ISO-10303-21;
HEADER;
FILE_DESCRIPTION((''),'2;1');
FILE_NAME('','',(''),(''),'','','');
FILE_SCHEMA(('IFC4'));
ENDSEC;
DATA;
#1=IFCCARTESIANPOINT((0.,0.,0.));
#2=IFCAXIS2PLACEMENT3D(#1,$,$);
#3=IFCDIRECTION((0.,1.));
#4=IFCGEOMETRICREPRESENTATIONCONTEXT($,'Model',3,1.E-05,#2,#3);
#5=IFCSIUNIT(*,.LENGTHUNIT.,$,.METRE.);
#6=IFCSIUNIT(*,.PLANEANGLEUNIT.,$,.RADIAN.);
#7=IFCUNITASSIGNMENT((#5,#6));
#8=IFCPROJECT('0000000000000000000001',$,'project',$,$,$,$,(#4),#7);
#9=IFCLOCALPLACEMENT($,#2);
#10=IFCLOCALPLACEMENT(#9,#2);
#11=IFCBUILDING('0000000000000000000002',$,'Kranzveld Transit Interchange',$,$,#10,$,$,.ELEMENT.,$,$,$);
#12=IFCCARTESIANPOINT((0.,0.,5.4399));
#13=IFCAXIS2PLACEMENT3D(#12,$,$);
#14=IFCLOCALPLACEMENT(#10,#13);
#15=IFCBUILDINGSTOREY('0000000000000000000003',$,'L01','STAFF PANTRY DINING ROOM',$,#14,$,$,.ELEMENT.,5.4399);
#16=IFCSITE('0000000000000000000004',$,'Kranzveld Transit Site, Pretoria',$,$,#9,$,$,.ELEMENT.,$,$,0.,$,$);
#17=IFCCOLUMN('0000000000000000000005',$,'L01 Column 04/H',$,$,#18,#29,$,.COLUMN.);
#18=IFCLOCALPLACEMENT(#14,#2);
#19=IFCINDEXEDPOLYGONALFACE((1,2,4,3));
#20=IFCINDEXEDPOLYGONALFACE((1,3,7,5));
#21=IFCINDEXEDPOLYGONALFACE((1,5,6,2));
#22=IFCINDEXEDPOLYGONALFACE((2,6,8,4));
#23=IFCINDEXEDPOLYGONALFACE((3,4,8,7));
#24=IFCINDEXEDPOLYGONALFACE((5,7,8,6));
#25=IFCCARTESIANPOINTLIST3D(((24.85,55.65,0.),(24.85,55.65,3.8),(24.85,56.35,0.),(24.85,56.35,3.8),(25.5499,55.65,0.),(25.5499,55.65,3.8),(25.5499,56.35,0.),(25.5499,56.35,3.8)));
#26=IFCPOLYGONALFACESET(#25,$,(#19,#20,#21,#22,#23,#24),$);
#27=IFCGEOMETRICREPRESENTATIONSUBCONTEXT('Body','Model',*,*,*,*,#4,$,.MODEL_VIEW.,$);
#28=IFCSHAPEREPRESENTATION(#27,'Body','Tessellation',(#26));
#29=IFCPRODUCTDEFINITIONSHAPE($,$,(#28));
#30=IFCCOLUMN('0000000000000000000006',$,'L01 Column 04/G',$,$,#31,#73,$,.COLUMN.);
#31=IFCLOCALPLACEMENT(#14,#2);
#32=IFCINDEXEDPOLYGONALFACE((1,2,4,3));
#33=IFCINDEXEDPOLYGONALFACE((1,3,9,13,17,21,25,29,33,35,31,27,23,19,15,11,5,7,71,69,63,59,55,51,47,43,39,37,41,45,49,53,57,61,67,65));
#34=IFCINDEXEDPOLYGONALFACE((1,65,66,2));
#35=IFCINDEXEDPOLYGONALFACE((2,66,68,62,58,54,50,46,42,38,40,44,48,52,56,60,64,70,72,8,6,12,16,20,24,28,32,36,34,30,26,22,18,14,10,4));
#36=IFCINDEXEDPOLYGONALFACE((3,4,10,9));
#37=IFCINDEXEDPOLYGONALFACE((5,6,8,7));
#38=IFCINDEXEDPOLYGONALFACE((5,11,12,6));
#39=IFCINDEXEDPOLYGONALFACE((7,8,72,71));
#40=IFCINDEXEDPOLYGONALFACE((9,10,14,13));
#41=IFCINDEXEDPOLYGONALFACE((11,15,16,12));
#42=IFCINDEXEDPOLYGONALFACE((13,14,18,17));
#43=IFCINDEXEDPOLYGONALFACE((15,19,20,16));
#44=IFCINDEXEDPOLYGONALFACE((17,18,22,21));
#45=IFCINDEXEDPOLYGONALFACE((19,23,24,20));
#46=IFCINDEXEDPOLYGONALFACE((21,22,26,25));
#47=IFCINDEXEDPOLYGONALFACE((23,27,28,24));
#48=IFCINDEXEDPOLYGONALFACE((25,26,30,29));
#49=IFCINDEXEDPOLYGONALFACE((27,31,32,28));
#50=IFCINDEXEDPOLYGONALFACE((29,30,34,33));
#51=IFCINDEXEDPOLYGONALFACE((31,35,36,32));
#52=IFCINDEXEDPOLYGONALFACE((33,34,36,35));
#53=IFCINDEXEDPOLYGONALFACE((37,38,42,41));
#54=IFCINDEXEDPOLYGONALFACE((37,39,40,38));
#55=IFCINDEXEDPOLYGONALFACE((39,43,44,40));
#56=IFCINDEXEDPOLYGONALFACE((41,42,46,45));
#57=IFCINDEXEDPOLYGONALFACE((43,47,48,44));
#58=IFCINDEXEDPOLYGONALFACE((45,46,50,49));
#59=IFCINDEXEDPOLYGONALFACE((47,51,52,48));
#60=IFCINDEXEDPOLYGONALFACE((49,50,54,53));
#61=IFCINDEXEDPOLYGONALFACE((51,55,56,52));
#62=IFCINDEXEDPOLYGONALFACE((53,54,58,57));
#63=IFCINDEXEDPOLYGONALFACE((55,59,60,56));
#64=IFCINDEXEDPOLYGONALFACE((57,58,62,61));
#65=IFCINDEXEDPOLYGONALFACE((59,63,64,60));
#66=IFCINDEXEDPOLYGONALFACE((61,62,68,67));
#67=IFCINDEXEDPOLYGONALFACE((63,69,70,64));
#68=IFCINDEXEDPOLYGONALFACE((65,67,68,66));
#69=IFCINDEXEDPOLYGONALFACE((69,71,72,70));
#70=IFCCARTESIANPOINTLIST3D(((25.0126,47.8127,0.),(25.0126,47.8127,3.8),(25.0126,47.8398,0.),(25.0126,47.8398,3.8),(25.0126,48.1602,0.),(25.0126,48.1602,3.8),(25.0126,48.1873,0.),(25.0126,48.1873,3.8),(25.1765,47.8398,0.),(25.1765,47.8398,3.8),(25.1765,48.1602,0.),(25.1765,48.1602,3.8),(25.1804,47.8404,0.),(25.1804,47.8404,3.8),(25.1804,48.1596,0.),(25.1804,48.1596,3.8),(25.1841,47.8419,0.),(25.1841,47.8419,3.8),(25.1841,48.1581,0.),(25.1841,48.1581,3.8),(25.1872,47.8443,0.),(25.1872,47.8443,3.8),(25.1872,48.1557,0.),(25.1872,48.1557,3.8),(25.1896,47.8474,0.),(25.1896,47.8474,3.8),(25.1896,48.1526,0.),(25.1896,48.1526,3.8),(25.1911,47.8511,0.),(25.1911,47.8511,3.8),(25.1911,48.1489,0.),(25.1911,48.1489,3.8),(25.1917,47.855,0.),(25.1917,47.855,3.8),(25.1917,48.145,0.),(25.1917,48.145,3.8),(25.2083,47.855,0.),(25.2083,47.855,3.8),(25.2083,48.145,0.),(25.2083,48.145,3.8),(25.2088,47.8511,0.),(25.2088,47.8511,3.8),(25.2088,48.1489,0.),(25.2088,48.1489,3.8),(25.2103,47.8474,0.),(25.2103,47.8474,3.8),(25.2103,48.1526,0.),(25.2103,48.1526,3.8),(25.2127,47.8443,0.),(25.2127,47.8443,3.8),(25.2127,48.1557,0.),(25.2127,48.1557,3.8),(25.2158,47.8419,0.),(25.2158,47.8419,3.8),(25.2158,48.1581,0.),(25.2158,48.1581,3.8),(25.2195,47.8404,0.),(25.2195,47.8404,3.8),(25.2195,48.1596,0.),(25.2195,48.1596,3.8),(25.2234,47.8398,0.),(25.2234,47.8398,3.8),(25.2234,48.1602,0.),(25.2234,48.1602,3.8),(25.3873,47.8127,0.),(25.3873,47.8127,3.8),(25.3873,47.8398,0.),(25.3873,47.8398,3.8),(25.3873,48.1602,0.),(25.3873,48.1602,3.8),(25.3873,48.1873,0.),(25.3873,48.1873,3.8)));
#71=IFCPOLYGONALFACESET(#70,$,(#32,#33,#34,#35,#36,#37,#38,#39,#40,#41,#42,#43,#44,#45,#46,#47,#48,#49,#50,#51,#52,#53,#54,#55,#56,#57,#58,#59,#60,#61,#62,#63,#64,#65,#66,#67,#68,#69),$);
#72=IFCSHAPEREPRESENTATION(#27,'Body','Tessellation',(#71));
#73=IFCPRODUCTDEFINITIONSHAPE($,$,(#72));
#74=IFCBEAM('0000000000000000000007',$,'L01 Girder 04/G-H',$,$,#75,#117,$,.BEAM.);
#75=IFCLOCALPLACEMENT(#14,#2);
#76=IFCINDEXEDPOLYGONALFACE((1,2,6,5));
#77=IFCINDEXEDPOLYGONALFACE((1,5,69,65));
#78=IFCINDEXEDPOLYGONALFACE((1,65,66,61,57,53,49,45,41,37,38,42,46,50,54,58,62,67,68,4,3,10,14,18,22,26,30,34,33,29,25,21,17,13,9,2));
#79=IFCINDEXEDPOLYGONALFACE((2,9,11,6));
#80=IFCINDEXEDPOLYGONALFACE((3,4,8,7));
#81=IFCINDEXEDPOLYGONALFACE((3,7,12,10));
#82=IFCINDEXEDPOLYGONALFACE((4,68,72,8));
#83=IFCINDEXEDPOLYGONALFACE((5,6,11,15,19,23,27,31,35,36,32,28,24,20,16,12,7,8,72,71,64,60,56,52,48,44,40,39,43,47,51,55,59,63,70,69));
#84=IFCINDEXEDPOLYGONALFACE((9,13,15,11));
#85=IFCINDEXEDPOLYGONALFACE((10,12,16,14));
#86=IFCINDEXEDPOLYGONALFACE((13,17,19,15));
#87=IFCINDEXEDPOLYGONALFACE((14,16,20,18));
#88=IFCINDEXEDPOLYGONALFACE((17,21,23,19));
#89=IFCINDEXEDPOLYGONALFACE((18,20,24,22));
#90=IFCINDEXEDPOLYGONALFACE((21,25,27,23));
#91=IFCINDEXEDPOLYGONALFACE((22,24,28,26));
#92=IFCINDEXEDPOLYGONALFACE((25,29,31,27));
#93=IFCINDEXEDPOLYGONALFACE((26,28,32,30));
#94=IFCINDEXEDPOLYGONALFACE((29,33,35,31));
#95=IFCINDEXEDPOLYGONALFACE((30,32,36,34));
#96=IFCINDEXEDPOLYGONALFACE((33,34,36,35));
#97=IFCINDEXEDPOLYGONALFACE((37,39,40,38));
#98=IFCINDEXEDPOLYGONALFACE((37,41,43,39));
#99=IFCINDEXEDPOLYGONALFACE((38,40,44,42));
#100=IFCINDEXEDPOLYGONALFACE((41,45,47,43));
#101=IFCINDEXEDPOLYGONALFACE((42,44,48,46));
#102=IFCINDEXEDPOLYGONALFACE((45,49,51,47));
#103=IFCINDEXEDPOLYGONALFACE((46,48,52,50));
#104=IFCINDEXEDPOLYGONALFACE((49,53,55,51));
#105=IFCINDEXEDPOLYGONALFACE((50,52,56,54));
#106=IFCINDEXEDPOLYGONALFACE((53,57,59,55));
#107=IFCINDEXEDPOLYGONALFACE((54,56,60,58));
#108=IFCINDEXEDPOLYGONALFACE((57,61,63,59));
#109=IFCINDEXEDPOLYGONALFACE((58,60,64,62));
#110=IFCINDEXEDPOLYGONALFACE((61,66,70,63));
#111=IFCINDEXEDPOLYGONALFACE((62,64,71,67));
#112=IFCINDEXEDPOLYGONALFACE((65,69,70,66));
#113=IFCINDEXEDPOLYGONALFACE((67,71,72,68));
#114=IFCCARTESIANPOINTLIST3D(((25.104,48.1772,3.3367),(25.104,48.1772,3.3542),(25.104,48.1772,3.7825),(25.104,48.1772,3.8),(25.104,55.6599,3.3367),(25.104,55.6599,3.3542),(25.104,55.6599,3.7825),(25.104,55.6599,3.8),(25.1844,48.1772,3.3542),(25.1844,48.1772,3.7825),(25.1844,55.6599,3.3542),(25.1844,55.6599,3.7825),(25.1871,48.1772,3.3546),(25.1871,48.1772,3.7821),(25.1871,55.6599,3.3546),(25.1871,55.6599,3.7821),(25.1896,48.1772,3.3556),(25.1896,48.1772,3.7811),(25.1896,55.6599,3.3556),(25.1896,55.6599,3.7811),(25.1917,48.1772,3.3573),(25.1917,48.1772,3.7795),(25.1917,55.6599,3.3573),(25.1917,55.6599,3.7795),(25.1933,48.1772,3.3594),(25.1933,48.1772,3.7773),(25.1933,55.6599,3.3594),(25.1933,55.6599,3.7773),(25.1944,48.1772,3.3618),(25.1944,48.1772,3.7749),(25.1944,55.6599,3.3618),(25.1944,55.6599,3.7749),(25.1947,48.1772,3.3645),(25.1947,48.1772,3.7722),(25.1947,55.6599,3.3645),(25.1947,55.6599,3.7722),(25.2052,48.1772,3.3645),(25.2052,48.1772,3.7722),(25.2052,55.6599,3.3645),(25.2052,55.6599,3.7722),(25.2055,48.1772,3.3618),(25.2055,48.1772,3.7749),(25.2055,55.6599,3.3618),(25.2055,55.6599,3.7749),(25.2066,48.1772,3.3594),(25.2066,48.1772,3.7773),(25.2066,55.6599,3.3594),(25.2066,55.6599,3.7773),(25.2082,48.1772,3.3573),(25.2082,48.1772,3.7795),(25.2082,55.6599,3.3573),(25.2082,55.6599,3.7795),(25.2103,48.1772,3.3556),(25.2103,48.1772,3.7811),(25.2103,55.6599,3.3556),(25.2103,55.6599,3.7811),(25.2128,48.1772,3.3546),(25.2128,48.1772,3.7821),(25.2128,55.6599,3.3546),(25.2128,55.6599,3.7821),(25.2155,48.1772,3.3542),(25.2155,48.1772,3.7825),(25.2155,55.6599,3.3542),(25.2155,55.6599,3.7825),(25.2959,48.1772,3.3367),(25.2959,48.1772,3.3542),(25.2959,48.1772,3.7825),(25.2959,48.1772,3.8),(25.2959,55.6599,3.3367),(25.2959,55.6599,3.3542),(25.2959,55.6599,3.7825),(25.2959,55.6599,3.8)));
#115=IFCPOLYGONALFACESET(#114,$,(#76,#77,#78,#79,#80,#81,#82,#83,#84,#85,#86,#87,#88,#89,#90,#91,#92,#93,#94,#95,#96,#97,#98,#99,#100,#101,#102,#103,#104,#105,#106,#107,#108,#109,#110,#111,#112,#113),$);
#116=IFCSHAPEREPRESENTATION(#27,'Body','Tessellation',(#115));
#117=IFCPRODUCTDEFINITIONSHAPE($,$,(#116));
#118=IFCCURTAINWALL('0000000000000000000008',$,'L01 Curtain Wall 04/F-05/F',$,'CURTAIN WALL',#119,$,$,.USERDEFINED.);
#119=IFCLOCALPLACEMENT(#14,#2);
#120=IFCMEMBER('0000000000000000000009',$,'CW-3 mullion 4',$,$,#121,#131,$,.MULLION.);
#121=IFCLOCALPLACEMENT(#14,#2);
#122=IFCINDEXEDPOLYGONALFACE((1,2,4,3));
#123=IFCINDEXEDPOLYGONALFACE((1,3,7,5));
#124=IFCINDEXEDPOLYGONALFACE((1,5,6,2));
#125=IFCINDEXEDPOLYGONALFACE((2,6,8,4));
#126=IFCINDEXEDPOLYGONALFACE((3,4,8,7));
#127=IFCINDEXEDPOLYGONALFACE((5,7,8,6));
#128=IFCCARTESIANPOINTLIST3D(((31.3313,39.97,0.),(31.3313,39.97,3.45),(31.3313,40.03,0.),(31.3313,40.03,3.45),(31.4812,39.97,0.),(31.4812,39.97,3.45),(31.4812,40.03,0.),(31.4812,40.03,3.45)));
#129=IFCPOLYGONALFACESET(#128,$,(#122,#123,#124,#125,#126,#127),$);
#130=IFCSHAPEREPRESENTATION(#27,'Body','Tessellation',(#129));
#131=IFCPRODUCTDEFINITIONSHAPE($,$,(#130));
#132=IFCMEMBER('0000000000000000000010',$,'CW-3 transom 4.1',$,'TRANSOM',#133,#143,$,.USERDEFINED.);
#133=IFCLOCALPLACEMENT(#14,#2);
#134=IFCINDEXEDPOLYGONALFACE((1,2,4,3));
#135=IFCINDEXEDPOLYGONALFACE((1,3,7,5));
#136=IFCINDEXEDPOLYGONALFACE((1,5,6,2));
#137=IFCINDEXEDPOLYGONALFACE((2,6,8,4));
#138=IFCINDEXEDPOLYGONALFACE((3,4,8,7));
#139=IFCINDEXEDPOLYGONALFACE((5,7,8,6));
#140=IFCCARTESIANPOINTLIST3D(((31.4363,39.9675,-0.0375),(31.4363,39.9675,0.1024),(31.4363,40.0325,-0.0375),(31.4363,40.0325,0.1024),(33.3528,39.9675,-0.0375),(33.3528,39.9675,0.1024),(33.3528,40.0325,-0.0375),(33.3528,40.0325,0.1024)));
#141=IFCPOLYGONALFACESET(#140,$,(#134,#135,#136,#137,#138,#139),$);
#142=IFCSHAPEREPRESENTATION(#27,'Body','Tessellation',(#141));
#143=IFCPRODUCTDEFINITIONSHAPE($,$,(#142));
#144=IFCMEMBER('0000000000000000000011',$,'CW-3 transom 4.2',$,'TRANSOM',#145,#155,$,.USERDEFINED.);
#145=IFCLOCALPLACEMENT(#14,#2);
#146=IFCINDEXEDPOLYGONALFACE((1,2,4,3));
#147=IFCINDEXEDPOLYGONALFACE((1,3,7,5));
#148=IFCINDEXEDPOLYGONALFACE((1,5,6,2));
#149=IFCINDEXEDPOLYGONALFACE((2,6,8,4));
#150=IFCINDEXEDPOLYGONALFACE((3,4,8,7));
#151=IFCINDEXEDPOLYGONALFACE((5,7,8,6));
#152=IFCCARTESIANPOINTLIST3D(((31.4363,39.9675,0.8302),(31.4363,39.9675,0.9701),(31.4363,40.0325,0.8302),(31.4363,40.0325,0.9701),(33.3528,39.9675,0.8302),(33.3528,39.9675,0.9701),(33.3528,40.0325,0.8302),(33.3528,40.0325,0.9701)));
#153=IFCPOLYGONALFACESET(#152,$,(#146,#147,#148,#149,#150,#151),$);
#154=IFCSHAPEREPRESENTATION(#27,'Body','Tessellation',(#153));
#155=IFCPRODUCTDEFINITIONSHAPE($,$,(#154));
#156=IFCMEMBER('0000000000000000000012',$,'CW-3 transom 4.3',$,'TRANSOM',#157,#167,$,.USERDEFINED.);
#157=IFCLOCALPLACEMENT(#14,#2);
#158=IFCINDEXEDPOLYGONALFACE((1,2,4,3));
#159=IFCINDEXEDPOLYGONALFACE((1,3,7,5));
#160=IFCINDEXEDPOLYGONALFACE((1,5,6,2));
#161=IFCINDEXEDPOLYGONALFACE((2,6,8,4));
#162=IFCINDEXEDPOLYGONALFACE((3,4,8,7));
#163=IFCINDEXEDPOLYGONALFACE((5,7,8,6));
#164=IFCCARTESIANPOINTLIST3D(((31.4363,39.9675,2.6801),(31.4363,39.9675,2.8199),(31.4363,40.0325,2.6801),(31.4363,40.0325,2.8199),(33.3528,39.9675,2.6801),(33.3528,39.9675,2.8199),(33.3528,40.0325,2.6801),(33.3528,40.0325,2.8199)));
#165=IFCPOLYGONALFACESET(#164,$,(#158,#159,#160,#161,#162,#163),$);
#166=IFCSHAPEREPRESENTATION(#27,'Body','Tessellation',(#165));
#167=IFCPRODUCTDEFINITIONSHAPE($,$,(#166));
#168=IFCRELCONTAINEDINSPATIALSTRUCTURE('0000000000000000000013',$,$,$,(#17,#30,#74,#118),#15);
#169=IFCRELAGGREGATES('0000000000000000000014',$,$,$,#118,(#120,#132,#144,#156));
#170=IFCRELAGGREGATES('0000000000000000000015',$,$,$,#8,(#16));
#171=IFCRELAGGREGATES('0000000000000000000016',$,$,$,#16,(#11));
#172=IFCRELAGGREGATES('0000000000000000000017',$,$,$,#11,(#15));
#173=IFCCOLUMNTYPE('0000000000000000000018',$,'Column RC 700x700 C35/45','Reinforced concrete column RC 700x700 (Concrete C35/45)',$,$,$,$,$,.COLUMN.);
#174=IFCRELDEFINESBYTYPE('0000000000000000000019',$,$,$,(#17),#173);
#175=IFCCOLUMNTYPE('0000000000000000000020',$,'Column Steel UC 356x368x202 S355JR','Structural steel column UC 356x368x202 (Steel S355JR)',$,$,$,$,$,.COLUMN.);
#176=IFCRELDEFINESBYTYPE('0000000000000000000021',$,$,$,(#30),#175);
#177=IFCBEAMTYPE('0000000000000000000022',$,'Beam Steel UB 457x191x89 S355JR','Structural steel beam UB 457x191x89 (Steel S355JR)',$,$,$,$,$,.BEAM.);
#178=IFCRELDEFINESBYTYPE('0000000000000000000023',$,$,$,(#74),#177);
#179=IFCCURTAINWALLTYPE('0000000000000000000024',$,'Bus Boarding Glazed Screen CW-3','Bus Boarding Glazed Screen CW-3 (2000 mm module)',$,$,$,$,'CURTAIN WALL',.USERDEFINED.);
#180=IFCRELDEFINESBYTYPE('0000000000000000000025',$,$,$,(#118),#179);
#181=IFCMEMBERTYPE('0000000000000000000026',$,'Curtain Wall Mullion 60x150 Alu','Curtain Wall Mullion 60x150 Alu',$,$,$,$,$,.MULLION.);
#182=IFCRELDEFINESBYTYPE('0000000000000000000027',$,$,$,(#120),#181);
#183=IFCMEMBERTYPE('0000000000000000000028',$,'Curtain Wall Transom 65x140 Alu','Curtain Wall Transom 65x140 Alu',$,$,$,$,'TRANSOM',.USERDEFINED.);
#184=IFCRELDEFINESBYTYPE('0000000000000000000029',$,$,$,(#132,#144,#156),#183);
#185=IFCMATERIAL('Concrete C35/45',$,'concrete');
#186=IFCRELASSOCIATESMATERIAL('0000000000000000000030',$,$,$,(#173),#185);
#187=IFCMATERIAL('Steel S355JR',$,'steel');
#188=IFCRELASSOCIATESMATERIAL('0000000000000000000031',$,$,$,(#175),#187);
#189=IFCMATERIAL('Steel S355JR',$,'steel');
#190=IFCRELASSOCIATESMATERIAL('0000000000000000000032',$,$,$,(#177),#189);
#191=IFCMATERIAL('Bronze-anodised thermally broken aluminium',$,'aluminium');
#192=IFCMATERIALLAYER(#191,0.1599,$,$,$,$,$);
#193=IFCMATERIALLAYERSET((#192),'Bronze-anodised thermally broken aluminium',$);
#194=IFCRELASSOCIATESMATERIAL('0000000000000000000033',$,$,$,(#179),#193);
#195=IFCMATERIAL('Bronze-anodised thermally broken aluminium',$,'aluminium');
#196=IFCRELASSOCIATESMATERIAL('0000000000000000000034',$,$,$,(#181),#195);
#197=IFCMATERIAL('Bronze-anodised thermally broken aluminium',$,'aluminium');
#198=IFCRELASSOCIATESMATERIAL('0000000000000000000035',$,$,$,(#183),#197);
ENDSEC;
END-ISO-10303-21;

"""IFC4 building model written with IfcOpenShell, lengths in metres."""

from ifc_helpers import new_model, si_unit, direction, frame, origin, origin_2d, place, context, subcontext, project, spatial, rectangle, i_section, extrude, material, layer, layer_set, material_profile, profile_set, type_object, element, aggregate, save


model = new_model("IFC4")

# Units and contexts
model_context = context("Model", 3, precision=1e-05, world=origin(), true_north=direction((0.0, 1.0)))
body_context = subcontext(model_context, "Body", "Model", "MODEL_VIEW")
ifc_project = project(units=[si_unit("LENGTHUNIT", "METRE"), si_unit("PLANEANGLEUNIT", "RADIAN")], contexts=[model_context])

# Site, building, storey
site_placement = place(None, origin())
site = spatial("IfcSite", under=ifc_project, at=site_placement, Name="Kranzveld Transit Site, Pretoria", CompositionType="ELEMENT", RefElevation=0.0)
building_placement = place(site_placement, origin())
building = spatial("IfcBuilding", under=site, at=building_placement, Name="Kranzveld Transit Interchange", CompositionType="ELEMENT")
storey_placement = place(building_placement, frame((0.0, 0.0, 5.4399)))
storey = spatial("IfcBuildingStorey", under=building, at=storey_placement, Name="L01", Description="STAFF PANTRY DINING ROOM", CompositionType="ELEMENT", Elevation=5.4399)

# Columns
ifc_material_1 = material(Name="Concrete C35/45", Category="concrete")
ifc_material_profile_1 = material_profile(ifc_material_1, rectangle(XDim=0.7, YDim=0.7, at=origin_2d()), Name="RC 700x700")
ifc_profile_set_1 = profile_set([ifc_material_profile_1], Name="Concrete C35/45")
column_type_1 = type_object("IfcColumnType", Name="Column RC 700x700 C35/45", Description="Reinforced concrete column RC 700x700 (Concrete C35/45)", PredefinedType="COLUMN", material=ifc_profile_set_1)
column_1_placement = place(storey_placement, frame((25.2, 56.0, 0.0), z_axis=(0.0, 0.0, 1.0), x_axis=(1.0, 0.0, 0.0)))
element("IfcColumn", 1, at=column_1_placement, inside=storey, type_object=column_type_1, Name="L01 Column 04/H", PredefinedType="COLUMN", context=body_context, shape_type="SweptSolid", body=[
    extrude(rectangle(XDim=0.7, YDim=0.7, at=origin_2d()), origin(), (0.0, 0.0, 1.0), 3.8),
])
ifc_material_2 = material(Name="Steel S355JR", Category="steel")
ifc_material_profile_2 = material_profile(ifc_material_2, i_section(OverallWidth=0.3748, OverallDepth=0.3745, WebThickness=0.0166, FlangeThickness=0.0271, FilletRadius=0.0151, at=origin_2d()), Name="UC 356x368x202")
ifc_profile_set_2 = profile_set([ifc_material_profile_2], Name="Steel S355JR")
column_type_2 = type_object("IfcColumnType", Name="Column Steel UC 356x368x202 S355JR", Description="Structural steel column UC 356x368x202 (Steel S355JR)", PredefinedType="COLUMN", material=ifc_profile_set_2)
column_2_placement = place(storey_placement, frame((25.2, 48.0, 0.0), z_axis=(0.0, 0.0, 1.0), x_axis=(1.0, 0.0, 0.0)))
element("IfcColumn", 2, at=column_2_placement, inside=storey, type_object=column_type_2, Name="L01 Column 04/G", PredefinedType="COLUMN", context=body_context, shape_type="SweptSolid", body=[
    extrude(i_section(OverallWidth=0.3748, OverallDepth=0.3745, WebThickness=0.0166, FlangeThickness=0.0271, FilletRadius=0.0151, at=origin_2d()), origin(), (0.0, 0.0, 1.0), 3.8),
])

# Beam
ifc_material_3 = material(Name="Steel S355JR", Category="steel")
ifc_material_profile_3 = material_profile(ifc_material_3, i_section(OverallWidth=0.1919, OverallDepth=0.4634, WebThickness=0.0105, FlangeThickness=0.0176, FilletRadius=0.0103, at=origin_2d()), Name="UB 457x191x89")
ifc_profile_set_3 = profile_set([ifc_material_profile_3], Name="Steel S355JR")
beam_type_1 = type_object("IfcBeamType", Name="Beam Steel UB 457x191x89 S355JR", Description="Structural steel beam UB 457x191x89 (Steel S355JR)", PredefinedType="BEAM", material=ifc_profile_set_3)
beam_1_placement = place(storey_placement, frame((25.2, 48.1772, 3.5684), z_axis=(0.0, 1.0, 0.0), x_axis=(-1.0, 0.0, 0.0)))
element("IfcBeam", 3, at=beam_1_placement, inside=storey, type_object=beam_type_1, Name="L01 Girder 04/G-H", PredefinedType="BEAM", context=body_context, shape_type="SweptSolid", body=[
    extrude(i_section(OverallWidth=0.1919, OverallDepth=0.4634, WebThickness=0.0105, FlangeThickness=0.0176, FilletRadius=0.0103, at=origin_2d()), origin(), (0.0, 0.0, 1.0), 7.4827),
])

# Curtain wall, members
ifc_material_4 = material(Name="Bronze-anodised thermally broken aluminium", Category="aluminium")
ifc_layer_1 = layer(ifc_material_4, 0.1599)
ifc_layer_set_1 = layer_set([ifc_layer_1], Name="Bronze-anodised thermally broken aluminium")
curtain_wall_type = type_object("IfcCurtainWallType", Name="Bus Boarding Glazed Screen CW-3", Description="Bus Boarding Glazed Screen CW-3 (2000 mm module)", ElementType="CURTAIN WALL", PredefinedType="USERDEFINED", material=ifc_layer_set_1)
curtain_wall_placement = place(storey_placement, origin())
curtain_wall = element("IfcCurtainWall", 4, at=curtain_wall_placement, inside=storey, type_object=curtain_wall_type, Name="L01 Curtain Wall 04/F-05/F", ObjectType="CURTAIN WALL", PredefinedType="USERDEFINED")
ifc_material_5 = material(Name="Bronze-anodised thermally broken aluminium", Category="aluminium")
ifc_material_profile_4 = material_profile(ifc_material_5, rectangle(XDim=0.0601, YDim=0.1499, at=origin_2d()), Name="ALU MULLION 60x150")
ifc_profile_set_4 = profile_set([ifc_material_profile_4], Name="Bronze-anodised thermally broken aluminium")
member_type_1 = type_object("IfcMemberType", Name="Curtain Wall Mullion 60x150 Alu", Description="Curtain Wall Mullion 60x150 Alu", PredefinedType="MULLION", material=ifc_profile_set_4)
member_1_placement = place(storey_placement, frame((31.4062, 40.0, 0.0), z_axis=(0.0, 0.0, 1.0), x_axis=(0.0, 1.0, 0.0)))
member_1 = element("IfcMember", 5, at=member_1_placement, type_object=member_type_1, Name="CW-3 mullion 4", PredefinedType="MULLION", context=body_context, shape_type="SweptSolid", body=[
    extrude(rectangle(XDim=0.0601, YDim=0.1499, at=origin_2d()), origin(), (0.0, 0.0, 1.0), 3.45),
])
ifc_material_6 = material(Name="Bronze-anodised thermally broken aluminium", Category="aluminium")
ifc_material_profile_5 = material_profile(ifc_material_6, rectangle(XDim=0.0649, YDim=0.1399, at=origin_2d()), Name="ALU TRANSOM 65x140")
ifc_profile_set_5 = profile_set([ifc_material_profile_5], Name="Bronze-anodised thermally broken aluminium")
member_type_2 = type_object("IfcMemberType", Name="Curtain Wall Transom 65x140 Alu", Description="Curtain Wall Transom 65x140 Alu", ElementType="TRANSOM", PredefinedType="USERDEFINED", material=ifc_profile_set_5)
member_2_placement = place(storey_placement, frame((31.4363, 40.0, 0.0325), z_axis=(1.0, 0.0, 0.0), x_axis=(0.0, 1.0, 0.0)))
member_2 = element("IfcMember", 6, at=member_2_placement, type_object=member_type_2, Name="CW-3 transom 4.1", ObjectType="TRANSOM", PredefinedType="USERDEFINED", context=body_context, shape_type="SweptSolid", body=[
    extrude(rectangle(XDim=0.0649, YDim=0.1399, at=origin_2d()), origin(), (0.0, 0.0, 1.0), 1.9165),
])
member_3_placement = place(storey_placement, frame((31.4363, 40.0, 0.9001), z_axis=(1.0, 0.0, 0.0), x_axis=(0.0, 1.0, 0.0)))
member_3 = element("IfcMember", 7, at=member_3_placement, type_object=member_type_2, Name="CW-3 transom 4.2", ObjectType="TRANSOM", PredefinedType="USERDEFINED", context=body_context, shape_type="SweptSolid", body=[
    extrude(rectangle(XDim=0.0649, YDim=0.1399, at=origin_2d()), origin(), (0.0, 0.0, 1.0), 1.9165),
])
member_4_placement = place(storey_placement, frame((31.4363, 40.0, 2.75), z_axis=(1.0, 0.0, 0.0), x_axis=(0.0, 1.0, 0.0)))
member_4 = element("IfcMember", 8, at=member_4_placement, type_object=member_type_2, Name="CW-3 transom 4.3", ObjectType="TRANSOM", PredefinedType="USERDEFINED", context=body_context, shape_type="SweptSolid", body=[
    extrude(rectangle(XDim=0.0649, YDim=0.1399, at=origin_2d()), origin(), (0.0, 0.0, 1.0), 1.9165),
])

aggregate(curtain_wall, [member_1, member_2, member_3, member_4])

save(model, "model.ifc")
